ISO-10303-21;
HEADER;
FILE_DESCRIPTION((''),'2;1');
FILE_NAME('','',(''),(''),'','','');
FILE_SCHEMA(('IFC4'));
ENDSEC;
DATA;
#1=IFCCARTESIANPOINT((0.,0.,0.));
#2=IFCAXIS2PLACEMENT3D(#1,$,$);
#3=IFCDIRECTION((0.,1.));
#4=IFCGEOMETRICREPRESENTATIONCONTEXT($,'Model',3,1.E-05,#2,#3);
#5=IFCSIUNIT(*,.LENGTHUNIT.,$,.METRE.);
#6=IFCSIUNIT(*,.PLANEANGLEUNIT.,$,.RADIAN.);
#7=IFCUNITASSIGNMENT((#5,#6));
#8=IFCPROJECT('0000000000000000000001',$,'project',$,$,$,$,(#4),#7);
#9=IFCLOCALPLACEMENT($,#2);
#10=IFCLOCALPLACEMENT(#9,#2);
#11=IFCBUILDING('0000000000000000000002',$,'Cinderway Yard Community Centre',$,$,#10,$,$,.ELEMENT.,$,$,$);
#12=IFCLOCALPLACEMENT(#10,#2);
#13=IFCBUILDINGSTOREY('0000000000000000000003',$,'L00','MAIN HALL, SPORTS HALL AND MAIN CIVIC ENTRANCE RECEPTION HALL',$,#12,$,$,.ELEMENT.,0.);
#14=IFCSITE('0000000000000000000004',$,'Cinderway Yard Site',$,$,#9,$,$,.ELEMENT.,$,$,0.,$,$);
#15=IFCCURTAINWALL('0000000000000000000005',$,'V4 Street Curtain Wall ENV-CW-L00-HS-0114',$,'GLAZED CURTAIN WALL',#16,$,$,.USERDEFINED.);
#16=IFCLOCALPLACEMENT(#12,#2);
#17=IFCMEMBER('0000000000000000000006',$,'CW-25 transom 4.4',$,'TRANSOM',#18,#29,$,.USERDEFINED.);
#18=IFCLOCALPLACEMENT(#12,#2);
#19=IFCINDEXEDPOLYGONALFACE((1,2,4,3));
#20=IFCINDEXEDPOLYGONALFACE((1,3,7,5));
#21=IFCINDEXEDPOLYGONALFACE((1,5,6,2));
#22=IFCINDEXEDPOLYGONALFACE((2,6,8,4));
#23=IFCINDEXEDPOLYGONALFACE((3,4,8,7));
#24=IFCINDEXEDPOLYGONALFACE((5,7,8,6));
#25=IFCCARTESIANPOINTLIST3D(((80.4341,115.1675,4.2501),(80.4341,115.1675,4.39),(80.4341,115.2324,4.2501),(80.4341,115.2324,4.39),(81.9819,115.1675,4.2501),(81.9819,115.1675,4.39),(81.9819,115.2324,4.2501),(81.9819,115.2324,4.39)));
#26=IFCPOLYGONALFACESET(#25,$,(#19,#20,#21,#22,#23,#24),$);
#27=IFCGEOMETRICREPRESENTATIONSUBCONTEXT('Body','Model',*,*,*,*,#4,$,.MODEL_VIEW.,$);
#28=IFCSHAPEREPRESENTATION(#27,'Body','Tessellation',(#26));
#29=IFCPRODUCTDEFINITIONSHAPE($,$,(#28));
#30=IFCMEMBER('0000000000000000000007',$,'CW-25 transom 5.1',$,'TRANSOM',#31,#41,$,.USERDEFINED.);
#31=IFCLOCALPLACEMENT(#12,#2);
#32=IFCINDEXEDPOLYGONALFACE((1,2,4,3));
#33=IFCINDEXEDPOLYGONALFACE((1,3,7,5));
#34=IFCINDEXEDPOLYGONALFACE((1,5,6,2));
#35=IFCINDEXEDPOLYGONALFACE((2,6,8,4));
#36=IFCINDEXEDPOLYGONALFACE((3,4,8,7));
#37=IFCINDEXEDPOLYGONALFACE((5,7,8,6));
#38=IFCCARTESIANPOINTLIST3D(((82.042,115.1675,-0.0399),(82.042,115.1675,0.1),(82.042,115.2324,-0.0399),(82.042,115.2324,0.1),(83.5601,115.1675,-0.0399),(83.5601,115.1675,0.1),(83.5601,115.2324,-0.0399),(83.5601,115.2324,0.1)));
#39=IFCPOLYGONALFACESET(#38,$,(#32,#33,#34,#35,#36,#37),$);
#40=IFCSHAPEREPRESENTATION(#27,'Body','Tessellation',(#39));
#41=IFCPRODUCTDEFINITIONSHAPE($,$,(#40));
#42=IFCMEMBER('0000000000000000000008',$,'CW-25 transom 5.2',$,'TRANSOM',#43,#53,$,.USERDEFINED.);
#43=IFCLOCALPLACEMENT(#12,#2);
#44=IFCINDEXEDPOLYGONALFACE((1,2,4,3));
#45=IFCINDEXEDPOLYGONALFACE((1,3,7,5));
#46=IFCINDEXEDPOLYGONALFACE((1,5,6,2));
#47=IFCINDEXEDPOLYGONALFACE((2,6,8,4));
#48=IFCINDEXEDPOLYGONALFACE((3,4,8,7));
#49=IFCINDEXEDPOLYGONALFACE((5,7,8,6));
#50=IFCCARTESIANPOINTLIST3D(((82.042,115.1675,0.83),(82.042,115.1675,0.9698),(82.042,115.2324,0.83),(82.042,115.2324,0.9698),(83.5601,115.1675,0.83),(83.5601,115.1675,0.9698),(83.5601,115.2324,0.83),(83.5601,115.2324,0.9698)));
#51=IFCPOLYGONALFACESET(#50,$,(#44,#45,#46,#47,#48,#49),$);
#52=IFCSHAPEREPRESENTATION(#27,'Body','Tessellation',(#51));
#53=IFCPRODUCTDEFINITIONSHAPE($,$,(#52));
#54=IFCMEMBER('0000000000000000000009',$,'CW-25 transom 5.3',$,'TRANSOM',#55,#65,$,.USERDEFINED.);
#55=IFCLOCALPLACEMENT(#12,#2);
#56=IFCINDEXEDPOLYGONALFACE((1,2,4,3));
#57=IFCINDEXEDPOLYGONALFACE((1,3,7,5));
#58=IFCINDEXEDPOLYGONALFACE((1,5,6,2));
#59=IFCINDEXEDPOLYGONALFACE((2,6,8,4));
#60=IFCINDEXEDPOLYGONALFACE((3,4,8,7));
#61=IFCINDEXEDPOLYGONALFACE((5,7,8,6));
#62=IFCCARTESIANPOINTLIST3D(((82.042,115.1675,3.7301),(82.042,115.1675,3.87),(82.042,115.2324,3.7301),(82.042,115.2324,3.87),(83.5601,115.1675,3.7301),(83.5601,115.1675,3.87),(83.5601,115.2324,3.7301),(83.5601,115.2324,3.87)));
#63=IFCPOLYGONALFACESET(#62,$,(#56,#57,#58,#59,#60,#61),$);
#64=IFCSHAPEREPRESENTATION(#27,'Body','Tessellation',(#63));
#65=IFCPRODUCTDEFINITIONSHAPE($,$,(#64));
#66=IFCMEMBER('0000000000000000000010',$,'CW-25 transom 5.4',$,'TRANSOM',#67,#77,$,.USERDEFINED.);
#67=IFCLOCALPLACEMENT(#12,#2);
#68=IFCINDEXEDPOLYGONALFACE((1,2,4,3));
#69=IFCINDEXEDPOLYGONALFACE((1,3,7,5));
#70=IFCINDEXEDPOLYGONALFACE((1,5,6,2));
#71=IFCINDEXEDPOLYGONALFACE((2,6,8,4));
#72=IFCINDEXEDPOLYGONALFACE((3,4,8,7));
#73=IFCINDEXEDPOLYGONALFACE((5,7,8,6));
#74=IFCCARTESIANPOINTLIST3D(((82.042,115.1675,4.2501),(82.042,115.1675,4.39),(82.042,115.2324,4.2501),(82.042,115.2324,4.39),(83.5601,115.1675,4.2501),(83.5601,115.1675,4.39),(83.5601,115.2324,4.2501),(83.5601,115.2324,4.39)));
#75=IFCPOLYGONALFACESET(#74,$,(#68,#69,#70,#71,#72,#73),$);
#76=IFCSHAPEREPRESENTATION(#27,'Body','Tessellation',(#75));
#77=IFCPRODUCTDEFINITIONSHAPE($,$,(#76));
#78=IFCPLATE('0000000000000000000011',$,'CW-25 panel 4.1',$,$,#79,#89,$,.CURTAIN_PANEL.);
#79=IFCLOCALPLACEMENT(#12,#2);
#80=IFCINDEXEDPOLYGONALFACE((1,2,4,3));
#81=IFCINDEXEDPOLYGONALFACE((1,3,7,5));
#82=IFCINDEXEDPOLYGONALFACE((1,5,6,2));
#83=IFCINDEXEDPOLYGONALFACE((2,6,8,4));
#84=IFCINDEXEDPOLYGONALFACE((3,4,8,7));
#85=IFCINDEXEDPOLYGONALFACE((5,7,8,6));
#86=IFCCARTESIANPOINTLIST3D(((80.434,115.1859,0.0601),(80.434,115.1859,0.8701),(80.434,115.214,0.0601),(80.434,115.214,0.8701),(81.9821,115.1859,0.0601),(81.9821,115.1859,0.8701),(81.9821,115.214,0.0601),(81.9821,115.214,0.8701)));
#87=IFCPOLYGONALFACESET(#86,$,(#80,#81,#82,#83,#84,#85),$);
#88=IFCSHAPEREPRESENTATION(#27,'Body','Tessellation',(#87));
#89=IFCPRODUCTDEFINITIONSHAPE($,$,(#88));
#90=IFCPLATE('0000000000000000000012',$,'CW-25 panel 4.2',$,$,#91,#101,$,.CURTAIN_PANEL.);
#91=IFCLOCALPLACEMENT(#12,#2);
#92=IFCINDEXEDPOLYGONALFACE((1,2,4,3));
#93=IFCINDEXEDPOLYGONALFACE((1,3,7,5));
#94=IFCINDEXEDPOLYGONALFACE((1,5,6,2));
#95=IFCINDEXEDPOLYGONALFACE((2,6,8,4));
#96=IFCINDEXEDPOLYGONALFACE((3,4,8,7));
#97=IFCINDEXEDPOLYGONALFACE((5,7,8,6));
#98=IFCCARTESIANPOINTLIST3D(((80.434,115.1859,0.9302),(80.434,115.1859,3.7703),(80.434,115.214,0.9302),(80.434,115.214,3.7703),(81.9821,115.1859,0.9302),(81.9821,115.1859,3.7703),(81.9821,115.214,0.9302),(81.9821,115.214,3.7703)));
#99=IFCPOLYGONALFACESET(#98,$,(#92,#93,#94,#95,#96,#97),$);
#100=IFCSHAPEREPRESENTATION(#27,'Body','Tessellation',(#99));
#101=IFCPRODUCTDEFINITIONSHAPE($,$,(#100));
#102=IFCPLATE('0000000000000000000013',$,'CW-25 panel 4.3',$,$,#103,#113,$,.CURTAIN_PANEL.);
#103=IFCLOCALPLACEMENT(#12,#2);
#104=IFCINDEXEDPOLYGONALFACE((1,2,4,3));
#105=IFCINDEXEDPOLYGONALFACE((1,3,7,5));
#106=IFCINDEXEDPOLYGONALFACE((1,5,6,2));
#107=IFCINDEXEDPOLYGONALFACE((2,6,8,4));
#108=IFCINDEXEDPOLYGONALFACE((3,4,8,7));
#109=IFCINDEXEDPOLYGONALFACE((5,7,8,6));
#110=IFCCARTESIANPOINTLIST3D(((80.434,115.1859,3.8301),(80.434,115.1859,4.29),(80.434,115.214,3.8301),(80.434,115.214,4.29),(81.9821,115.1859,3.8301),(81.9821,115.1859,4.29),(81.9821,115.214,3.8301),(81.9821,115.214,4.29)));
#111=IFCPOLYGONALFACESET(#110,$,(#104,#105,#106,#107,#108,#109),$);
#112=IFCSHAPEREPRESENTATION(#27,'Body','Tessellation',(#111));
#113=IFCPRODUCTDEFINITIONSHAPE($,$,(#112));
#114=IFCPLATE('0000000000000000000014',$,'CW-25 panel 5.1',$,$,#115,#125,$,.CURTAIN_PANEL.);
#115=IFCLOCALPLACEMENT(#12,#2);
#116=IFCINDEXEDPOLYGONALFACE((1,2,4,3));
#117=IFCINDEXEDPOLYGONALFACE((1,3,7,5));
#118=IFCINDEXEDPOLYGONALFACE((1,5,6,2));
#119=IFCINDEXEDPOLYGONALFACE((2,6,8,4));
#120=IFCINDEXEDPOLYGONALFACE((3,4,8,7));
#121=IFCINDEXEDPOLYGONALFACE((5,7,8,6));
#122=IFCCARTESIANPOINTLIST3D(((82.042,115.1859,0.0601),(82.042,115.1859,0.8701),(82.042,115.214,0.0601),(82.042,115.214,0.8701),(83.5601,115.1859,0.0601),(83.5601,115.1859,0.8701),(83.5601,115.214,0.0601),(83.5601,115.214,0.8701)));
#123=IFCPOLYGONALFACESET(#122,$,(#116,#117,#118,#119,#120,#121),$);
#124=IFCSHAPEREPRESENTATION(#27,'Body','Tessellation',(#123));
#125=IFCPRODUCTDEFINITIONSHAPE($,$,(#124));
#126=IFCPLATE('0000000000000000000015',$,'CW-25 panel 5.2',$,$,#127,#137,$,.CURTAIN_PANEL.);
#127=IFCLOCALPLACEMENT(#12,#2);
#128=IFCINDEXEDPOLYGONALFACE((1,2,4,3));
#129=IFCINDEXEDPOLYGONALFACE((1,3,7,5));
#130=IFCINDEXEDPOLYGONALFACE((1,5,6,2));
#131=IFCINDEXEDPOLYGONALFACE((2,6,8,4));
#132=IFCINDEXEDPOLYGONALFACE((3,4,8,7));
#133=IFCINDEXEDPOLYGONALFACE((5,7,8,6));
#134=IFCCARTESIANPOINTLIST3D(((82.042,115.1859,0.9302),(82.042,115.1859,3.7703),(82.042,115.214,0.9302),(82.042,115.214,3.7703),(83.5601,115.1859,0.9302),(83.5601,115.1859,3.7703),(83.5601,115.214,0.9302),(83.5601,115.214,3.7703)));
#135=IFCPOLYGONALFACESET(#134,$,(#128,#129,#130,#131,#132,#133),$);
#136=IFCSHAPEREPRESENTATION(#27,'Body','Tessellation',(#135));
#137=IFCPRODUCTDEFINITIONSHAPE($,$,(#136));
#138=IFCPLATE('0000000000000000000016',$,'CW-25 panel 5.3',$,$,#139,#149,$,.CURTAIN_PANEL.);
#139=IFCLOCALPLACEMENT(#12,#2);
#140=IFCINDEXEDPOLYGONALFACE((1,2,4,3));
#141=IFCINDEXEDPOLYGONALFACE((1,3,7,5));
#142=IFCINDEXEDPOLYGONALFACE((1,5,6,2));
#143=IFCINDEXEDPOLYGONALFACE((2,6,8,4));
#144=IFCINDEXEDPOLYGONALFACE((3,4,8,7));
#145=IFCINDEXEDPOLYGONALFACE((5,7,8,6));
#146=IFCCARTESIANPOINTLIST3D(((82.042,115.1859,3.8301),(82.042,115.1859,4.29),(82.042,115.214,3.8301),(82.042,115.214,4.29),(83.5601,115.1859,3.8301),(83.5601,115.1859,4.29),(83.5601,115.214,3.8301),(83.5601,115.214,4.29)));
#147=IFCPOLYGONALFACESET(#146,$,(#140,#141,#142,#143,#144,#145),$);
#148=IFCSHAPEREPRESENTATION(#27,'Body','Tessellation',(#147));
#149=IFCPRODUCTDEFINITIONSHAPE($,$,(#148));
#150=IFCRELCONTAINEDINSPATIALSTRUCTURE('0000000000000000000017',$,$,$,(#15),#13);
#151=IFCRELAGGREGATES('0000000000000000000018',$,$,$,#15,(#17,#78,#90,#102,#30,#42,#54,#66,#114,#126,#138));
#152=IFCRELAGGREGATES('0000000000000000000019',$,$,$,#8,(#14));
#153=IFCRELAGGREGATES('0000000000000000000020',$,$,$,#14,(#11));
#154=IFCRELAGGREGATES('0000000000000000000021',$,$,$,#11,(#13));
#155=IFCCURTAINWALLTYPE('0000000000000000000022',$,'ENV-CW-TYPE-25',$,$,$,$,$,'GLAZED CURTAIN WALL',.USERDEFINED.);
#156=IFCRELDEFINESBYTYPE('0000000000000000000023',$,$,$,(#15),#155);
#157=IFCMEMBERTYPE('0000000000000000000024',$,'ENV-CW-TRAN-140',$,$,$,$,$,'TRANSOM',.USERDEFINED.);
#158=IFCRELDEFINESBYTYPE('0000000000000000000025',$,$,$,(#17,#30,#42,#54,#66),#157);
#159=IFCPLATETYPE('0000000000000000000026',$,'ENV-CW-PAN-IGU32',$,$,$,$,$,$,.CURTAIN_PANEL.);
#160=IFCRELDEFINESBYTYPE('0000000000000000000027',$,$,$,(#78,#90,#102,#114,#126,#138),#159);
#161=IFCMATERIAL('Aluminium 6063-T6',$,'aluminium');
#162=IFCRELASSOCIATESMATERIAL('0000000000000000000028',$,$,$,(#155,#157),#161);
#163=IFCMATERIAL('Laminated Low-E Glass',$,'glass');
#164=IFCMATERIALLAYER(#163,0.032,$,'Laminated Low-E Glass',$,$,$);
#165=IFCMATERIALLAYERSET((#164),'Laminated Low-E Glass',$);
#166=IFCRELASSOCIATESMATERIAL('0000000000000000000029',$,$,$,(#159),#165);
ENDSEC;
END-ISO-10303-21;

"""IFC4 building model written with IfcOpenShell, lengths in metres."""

from ifc_helpers import new_model, si_unit, direction, frame, origin, origin_2d, place, context, subcontext, project, spatial, rectangle, extrude, material, layer, layer_set, material_profile, profile_set, type_object, element, aggregate, save


model = new_model("IFC4")

# Units and contexts
model_context = context("Model", 3, precision=1e-05, world=origin(), true_north=direction((0.0, 1.0)))
body_context = subcontext(model_context, "Body", "Model", "MODEL_VIEW")
ifc_project = project(units=[si_unit("LENGTHUNIT", "METRE"), si_unit("PLANEANGLEUNIT", "RADIAN")], contexts=[model_context])

# Site, building, storey
site_placement = place(None, origin())
site = spatial("IfcSite", under=ifc_project, at=site_placement, Name="Cinderway Yard Site", CompositionType="ELEMENT", RefElevation=0.0)
building_placement = place(site_placement, origin())
building = spatial("IfcBuilding", under=site, at=building_placement, Name="Cinderway Yard Community Centre", CompositionType="ELEMENT")
storey_placement = place(building_placement, origin())
storey = spatial("IfcBuildingStorey", under=building, at=storey_placement, Name="L00", Description="MAIN HALL, SPORTS HALL AND MAIN CIVIC ENTRANCE RECEPTION HALL", CompositionType="ELEMENT", Elevation=0.0)

# Curtain wall, members, plates
ifc_material_1 = material(Name="Aluminium 6063-T6", Category="aluminium")
curtain_wall_type = type_object("IfcCurtainWallType", Name="ENV-CW-TYPE-25", ElementType="GLAZED CURTAIN WALL", PredefinedType="USERDEFINED", material=ifc_material_1)
curtain_wall_placement = place(storey_placement, origin())
curtain_wall = element("IfcCurtainWall", 1, at=curtain_wall_placement, inside=storey, type_object=curtain_wall_type, Name="V4 Street Curtain Wall ENV-CW-L00-HS-0114", ObjectType="GLAZED CURTAIN WALL", PredefinedType="USERDEFINED")
ifc_material_profile_1 = material_profile(ifc_material_1, rectangle(XDim=0.0649, YDim=0.1399, at=origin_2d()), Name="Aluminium 6063-T6")
ifc_profile_set_1 = profile_set([ifc_material_profile_1], Name="Aluminium 6063-T6")
member_type_1 = type_object("IfcMemberType", Name="ENV-CW-TRAN-140", ElementType="TRANSOM", PredefinedType="USERDEFINED", material=ifc_profile_set_1)
member_1_placement = place(storey_placement, frame((80.4341, 115.2, 4.3201), z_axis=(1.0, 0.0, 0.0), x_axis=(0.0, 1.0, 0.0)))
member_1 = element("IfcMember", 2, at=member_1_placement, type_object=member_type_1, Name="CW-25 transom 4.4", ObjectType="TRANSOM", PredefinedType="USERDEFINED", context=body_context, shape_type="SweptSolid", body=[
    extrude(rectangle(XDim=0.0649, YDim=0.1399, at=origin_2d()), origin(), (0.0, 0.0, 1.0), 1.5479),
])
member_2_placement = place(storey_placement, frame((82.042, 115.2, 0.03), z_axis=(1.0, 0.0, 0.0), x_axis=(0.0, 1.0, 0.0)))
member_2 = element("IfcMember", 3, at=member_2_placement, type_object=member_type_1, Name="CW-25 transom 5.1", ObjectType="TRANSOM", PredefinedType="USERDEFINED", context=body_context, shape_type="SweptSolid", body=[
    extrude(rectangle(XDim=0.0649, YDim=0.1399, at=origin_2d()), origin(), (0.0, 0.0, 1.0), 1.5181),
])
member_3_placement = place(storey_placement, frame((82.042, 115.2, 0.8999), z_axis=(1.0, 0.0, 0.0), x_axis=(0.0, 1.0, 0.0)))
member_3 = element("IfcMember", 4, at=member_3_placement, type_object=member_type_1, Name="CW-25 transom 5.2", ObjectType="TRANSOM", PredefinedType="USERDEFINED", context=body_context, shape_type="SweptSolid", body=[
    extrude(rectangle(XDim=0.0649, YDim=0.1399, at=origin_2d()), origin(), (0.0, 0.0, 1.0), 1.5181),
])
member_4_placement = place(storey_placement, frame((82.042, 115.2, 3.8), z_axis=(1.0, 0.0, 0.0), x_axis=(0.0, 1.0, 0.0)))
member_4 = element("IfcMember", 5, at=member_4_placement, type_object=member_type_1, Name="CW-25 transom 5.3", ObjectType="TRANSOM", PredefinedType="USERDEFINED", context=body_context, shape_type="SweptSolid", body=[
    extrude(rectangle(XDim=0.0649, YDim=0.1399, at=origin_2d()), origin(), (0.0, 0.0, 1.0), 1.5181),
])
member_5_placement = place(storey_placement, frame((82.042, 115.2, 4.3201), z_axis=(1.0, 0.0, 0.0), x_axis=(0.0, 1.0, 0.0)))
member_5 = element("IfcMember", 6, at=member_5_placement, type_object=member_type_1, Name="CW-25 transom 5.4", ObjectType="TRANSOM", PredefinedType="USERDEFINED", context=body_context, shape_type="SweptSolid", body=[
    extrude(rectangle(XDim=0.0649, YDim=0.1399, at=origin_2d()), origin(), (0.0, 0.0, 1.0), 1.5181),
])
ifc_material_2 = material(Name="Laminated Low-E Glass", Category="glass")
ifc_layer_1 = layer(ifc_material_2, 0.032, Name="Laminated Low-E Glass")
ifc_layer_set_1 = layer_set([ifc_layer_1], Name="Laminated Low-E Glass")
plate_type = type_object("IfcPlateType", Name="ENV-CW-PAN-IGU32", PredefinedType="CURTAIN_PANEL", material=ifc_layer_set_1)
plate_1_placement = place(storey_placement, frame((81.208, 115.2, 0.0601), z_axis=(0.0, 0.0, 1.0), x_axis=(1.0, 0.0, 0.0)))
plate_1 = element("IfcPlate", 7, at=plate_1_placement, type_object=plate_type, Name="CW-25 panel 4.1", PredefinedType="CURTAIN_PANEL", context=body_context, shape_type="SweptSolid", body=[
    extrude(rectangle(XDim=1.5481, YDim=0.0281, at=origin_2d()), origin(), (0.0, 0.0, 1.0), 0.8101),
])
plate_2_placement = place(storey_placement, frame((81.208, 115.2, 0.9302), z_axis=(0.0, 0.0, 1.0), x_axis=(1.0, 0.0, 0.0)))
plate_2 = element("IfcPlate", 8, at=plate_2_placement, type_object=plate_type, Name="CW-25 panel 4.2", PredefinedType="CURTAIN_PANEL", context=body_context, shape_type="SweptSolid", body=[
    extrude(rectangle(XDim=1.5481, YDim=0.0281, at=origin_2d()), origin(), (0.0, 0.0, 1.0), 2.8401),
])
plate_3_placement = place(storey_placement, frame((81.208, 115.2, 3.8301), z_axis=(0.0, 0.0, 1.0), x_axis=(1.0, 0.0, 0.0)))
plate_3 = element("IfcPlate", 9, at=plate_3_placement, type_object=plate_type, Name="CW-25 panel 4.3", PredefinedType="CURTAIN_PANEL", context=body_context, shape_type="SweptSolid", body=[
    extrude(rectangle(XDim=1.5481, YDim=0.0281, at=origin_2d()), origin(), (0.0, 0.0, 1.0), 0.46),
])
plate_4_placement = place(storey_placement, frame((82.801, 115.2, 0.0601), z_axis=(0.0, 0.0, 1.0), x_axis=(1.0, 0.0, 0.0)))
plate_4 = element("IfcPlate", 10, at=plate_4_placement, type_object=plate_type, Name="CW-25 panel 5.1", PredefinedType="CURTAIN_PANEL", context=body_context, shape_type="SweptSolid", body=[
    extrude(rectangle(XDim=1.5181, YDim=0.0281, at=origin_2d()), origin(), (0.0, 0.0, 1.0), 0.8101),
])
plate_5_placement = place(storey_placement, frame((82.801, 115.2, 0.9302), z_axis=(0.0, 0.0, 1.0), x_axis=(1.0, 0.0, 0.0)))
plate_5 = element("IfcPlate", 11, at=plate_5_placement, type_object=plate_type, Name="CW-25 panel 5.2", PredefinedType="CURTAIN_PANEL", context=body_context, shape_type="SweptSolid", body=[
    extrude(rectangle(XDim=1.5181, YDim=0.0281, at=origin_2d()), origin(), (0.0, 0.0, 1.0), 2.8401),
])
plate_6_placement = place(storey_placement, frame((82.801, 115.2, 3.8301), z_axis=(0.0, 0.0, 1.0), x_axis=(1.0, 0.0, 0.0)))
plate_6 = element("IfcPlate", 12, at=plate_6_placement, type_object=plate_type, Name="CW-25 panel 5.3", PredefinedType="CURTAIN_PANEL", context=body_context, shape_type="SweptSolid", body=[
    extrude(rectangle(XDim=1.5181, YDim=0.0281, at=origin_2d()), origin(), (0.0, 0.0, 1.0), 0.46),
])
aggregate(curtain_wall, [member_1, plate_1, plate_2, plate_3, member_2, member_3, member_4, member_5, plate_4, plate_5, plate_6])

save(model, "model.ifc")
